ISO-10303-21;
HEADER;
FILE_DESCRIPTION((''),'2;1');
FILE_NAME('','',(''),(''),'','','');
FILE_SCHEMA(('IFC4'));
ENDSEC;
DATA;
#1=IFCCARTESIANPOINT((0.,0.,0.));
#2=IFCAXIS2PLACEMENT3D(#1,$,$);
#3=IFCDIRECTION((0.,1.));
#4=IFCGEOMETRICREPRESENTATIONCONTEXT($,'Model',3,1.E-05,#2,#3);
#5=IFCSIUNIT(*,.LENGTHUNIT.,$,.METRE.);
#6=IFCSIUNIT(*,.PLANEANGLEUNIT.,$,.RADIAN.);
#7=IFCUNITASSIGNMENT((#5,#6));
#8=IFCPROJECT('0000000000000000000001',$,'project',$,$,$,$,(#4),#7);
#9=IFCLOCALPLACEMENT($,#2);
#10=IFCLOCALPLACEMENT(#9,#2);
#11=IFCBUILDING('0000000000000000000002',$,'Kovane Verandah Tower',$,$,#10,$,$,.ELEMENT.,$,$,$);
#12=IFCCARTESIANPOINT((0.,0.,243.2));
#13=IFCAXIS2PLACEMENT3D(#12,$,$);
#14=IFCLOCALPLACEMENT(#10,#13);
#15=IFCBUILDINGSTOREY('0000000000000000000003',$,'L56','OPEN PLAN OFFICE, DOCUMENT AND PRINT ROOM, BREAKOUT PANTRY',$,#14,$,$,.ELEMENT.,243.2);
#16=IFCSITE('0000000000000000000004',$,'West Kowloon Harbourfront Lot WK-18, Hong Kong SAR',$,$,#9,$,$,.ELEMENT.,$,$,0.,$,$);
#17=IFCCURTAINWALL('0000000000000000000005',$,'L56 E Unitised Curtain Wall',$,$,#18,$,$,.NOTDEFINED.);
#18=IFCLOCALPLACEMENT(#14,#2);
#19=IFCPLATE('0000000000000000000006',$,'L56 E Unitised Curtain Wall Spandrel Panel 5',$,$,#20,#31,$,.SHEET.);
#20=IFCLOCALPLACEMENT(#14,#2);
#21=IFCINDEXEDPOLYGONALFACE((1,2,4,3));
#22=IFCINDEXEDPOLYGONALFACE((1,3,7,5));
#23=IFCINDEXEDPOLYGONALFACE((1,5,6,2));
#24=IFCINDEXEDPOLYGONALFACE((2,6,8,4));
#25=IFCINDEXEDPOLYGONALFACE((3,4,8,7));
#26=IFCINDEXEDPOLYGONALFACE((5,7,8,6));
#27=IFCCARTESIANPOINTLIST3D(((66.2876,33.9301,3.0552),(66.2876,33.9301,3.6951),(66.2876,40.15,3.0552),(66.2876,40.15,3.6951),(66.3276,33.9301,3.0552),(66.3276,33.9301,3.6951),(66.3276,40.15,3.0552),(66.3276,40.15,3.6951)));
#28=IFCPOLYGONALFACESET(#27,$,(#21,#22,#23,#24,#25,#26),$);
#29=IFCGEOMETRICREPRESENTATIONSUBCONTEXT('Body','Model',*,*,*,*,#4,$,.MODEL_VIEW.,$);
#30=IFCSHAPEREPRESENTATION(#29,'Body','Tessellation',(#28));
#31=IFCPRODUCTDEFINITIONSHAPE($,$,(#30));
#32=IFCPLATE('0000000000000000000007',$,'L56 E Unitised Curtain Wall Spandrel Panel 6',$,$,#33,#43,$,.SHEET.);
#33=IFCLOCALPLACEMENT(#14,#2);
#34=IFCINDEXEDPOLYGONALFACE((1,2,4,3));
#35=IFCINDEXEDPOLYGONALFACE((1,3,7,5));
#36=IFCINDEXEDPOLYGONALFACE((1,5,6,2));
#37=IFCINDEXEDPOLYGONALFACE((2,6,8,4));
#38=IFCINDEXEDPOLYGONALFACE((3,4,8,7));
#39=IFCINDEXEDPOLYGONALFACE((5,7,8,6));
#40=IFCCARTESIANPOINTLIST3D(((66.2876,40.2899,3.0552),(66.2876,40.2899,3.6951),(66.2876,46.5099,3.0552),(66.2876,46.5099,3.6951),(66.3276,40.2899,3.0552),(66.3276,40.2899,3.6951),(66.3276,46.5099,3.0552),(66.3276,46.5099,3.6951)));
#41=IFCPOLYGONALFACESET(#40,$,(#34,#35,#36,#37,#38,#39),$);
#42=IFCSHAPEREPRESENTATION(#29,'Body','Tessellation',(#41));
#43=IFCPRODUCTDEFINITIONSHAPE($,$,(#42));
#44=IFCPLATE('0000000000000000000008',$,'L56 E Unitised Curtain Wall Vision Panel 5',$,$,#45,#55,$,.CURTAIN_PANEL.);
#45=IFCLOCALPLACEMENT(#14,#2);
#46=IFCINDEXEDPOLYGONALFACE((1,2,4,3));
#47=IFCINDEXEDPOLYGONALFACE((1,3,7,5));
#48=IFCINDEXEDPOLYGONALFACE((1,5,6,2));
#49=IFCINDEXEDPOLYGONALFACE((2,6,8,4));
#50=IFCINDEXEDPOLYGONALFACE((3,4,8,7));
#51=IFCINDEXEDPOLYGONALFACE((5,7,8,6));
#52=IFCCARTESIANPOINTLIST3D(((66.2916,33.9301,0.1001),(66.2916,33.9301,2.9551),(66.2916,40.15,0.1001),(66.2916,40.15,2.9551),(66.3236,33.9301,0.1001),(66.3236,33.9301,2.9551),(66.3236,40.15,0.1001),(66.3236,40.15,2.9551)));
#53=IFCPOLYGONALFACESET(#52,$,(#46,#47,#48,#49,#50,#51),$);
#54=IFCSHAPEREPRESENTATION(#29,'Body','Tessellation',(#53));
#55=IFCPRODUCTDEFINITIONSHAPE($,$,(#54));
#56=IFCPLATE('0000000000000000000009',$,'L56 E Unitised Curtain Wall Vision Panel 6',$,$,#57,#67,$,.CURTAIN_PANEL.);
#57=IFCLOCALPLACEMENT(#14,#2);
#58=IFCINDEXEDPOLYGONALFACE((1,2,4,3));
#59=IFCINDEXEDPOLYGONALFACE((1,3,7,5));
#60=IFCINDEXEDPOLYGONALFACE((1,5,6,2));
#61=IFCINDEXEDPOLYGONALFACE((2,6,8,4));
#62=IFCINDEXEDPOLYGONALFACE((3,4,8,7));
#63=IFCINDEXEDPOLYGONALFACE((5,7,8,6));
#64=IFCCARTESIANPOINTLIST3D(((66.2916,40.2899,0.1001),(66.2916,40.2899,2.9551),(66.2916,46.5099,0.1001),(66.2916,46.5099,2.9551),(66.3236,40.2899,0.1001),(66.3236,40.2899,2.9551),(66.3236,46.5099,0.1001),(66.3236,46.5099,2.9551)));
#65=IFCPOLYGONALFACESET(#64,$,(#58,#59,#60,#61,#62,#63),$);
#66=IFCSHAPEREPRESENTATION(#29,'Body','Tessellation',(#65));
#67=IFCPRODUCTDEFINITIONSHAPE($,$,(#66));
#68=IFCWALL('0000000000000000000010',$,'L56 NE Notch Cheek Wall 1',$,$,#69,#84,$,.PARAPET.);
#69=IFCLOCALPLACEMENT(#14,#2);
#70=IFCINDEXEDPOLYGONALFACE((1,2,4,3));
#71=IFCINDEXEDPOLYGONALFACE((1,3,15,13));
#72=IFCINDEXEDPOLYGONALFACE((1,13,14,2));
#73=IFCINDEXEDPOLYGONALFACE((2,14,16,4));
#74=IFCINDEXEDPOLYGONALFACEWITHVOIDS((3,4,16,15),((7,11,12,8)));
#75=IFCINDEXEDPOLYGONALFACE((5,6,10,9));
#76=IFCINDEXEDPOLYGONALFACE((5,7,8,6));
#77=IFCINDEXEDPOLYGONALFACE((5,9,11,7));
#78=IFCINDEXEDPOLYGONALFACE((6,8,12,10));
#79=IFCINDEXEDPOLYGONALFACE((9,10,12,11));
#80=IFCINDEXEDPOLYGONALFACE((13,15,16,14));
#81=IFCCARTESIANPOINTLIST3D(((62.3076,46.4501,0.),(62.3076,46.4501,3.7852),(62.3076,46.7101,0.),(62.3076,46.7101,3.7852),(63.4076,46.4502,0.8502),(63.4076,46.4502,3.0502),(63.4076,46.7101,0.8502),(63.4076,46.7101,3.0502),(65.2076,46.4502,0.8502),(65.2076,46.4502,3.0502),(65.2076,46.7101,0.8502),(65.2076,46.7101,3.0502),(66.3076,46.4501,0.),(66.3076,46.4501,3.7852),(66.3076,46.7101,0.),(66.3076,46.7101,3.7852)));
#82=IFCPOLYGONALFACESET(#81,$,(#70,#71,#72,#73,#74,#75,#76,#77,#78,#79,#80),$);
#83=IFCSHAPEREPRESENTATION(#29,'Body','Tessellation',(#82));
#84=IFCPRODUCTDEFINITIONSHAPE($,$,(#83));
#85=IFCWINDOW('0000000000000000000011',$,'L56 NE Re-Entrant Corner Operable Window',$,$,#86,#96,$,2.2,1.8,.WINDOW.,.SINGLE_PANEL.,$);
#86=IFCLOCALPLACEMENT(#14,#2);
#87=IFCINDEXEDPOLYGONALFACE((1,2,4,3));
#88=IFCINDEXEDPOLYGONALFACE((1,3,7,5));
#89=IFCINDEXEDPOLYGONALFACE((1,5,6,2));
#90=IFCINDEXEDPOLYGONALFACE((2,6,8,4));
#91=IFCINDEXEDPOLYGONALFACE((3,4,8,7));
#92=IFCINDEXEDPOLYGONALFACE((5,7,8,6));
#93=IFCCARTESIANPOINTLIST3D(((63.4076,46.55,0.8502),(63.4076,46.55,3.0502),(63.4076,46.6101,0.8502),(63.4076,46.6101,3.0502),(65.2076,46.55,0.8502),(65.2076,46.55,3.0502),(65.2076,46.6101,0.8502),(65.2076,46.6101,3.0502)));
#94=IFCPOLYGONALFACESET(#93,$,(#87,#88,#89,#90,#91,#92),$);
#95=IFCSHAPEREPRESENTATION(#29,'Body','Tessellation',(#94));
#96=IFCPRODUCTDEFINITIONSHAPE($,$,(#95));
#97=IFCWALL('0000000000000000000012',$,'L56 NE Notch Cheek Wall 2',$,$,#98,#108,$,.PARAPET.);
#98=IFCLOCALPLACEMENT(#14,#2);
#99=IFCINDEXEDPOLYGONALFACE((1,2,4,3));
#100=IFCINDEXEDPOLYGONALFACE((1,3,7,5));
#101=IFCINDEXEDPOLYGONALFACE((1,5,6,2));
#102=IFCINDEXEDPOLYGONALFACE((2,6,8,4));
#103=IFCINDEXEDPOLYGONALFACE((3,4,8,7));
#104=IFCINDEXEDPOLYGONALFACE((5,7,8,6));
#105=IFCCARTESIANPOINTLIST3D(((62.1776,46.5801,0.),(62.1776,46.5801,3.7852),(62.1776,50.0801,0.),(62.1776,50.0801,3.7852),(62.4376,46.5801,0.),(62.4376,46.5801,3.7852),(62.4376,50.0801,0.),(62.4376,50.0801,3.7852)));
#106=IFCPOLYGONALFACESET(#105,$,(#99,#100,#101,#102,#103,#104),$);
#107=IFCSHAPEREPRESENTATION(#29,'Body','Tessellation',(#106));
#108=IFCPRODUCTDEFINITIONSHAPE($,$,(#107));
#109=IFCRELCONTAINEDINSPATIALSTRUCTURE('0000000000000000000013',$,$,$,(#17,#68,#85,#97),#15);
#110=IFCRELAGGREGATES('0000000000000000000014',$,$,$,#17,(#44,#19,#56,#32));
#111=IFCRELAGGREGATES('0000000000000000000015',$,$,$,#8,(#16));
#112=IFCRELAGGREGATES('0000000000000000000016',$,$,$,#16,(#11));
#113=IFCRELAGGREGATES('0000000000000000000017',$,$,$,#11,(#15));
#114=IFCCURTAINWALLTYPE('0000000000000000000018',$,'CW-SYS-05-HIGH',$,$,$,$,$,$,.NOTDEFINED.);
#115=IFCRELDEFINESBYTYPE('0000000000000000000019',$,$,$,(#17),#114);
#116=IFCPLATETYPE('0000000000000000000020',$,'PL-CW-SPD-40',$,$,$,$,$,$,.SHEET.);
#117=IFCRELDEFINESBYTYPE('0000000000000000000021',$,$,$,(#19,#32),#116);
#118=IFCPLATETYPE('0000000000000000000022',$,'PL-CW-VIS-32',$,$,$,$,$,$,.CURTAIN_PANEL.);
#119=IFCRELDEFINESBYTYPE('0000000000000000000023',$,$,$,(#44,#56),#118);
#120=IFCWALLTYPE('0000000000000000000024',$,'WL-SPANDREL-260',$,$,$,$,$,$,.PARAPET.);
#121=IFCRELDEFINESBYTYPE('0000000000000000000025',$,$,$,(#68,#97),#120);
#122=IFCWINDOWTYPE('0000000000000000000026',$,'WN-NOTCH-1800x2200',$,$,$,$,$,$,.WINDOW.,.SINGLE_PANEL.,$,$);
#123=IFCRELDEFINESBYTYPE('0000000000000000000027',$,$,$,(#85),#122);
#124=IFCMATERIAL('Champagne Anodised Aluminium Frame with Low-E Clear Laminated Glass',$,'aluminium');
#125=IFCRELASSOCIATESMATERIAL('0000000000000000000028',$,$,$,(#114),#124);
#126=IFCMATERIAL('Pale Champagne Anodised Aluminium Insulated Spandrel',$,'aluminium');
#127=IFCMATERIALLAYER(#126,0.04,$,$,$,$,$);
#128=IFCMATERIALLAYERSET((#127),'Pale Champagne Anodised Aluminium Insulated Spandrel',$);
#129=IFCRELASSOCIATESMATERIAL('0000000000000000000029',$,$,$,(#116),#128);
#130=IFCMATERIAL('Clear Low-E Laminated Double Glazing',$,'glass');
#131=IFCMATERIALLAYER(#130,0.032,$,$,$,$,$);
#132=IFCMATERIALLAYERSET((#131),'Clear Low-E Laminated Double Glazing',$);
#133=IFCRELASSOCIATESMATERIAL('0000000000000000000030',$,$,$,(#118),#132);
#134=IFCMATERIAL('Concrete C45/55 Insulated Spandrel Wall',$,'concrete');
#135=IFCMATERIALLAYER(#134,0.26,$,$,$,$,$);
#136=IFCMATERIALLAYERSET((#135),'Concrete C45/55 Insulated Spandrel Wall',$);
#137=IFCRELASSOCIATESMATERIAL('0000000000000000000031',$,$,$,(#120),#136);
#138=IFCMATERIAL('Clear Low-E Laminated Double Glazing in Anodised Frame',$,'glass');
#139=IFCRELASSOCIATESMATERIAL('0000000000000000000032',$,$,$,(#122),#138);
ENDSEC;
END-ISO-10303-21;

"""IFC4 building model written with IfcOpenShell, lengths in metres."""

from ifc_helpers import new_model, si_unit, direction, frame, frame_2d, origin, origin_2d, place, context, subcontext, project, spatial, rectangle, extrude, material, layer, layer_set, type_object, element, fill, aggregate, save


model = new_model("IFC4")

# Units and contexts
model_context = context("Model", 3, precision=1e-05, world=origin(), true_north=direction((0.0, 1.0)))
body_context = subcontext(model_context, "Body", "Model", "MODEL_VIEW")
ifc_project = project(units=[si_unit("LENGTHUNIT", "METRE"), si_unit("PLANEANGLEUNIT", "RADIAN")], contexts=[model_context])

# Site, building, storey
site_placement = place(None, origin())
site = spatial("IfcSite", under=ifc_project, at=site_placement, Name="West Kowloon Harbourfront Lot WK-18, Hong Kong SAR", CompositionType="ELEMENT", RefElevation=0.0)
building_placement = place(site_placement, origin())
building = spatial("IfcBuilding", under=site, at=building_placement, Name="Kovane Verandah Tower", CompositionType="ELEMENT")
storey_placement = place(building_placement, frame((0.0, 0.0, 243.2)))
storey = spatial("IfcBuildingStorey", under=building, at=storey_placement, Name="L56", Description="OPEN PLAN OFFICE, DOCUMENT AND PRINT ROOM, BREAKOUT PANTRY", CompositionType="ELEMENT", Elevation=243.2)

# Curtain wall
ifc_material_1 = material(Name="Champagne Anodised Aluminium Frame with Low-E Clear Laminated Glass", Category="aluminium")
curtain_wall_type = type_object("IfcCurtainWallType", Name="CW-SYS-05-HIGH", PredefinedType="NOTDEFINED", material=ifc_material_1)
curtain_wall_placement = place(storey_placement, origin())
curtain_wall = element("IfcCurtainWall", 1, at=curtain_wall_placement, inside=storey, type_object=curtain_wall_type, Name="L56 E Unitised Curtain Wall", PredefinedType="NOTDEFINED")

# Plates
ifc_material_2 = material(Name="Pale Champagne Anodised Aluminium Insulated Spandrel", Category="aluminium")
ifc_layer_1 = layer(ifc_material_2, 0.04)
ifc_layer_set_1 = layer_set([ifc_layer_1], Name="Pale Champagne Anodised Aluminium Insulated Spandrel")
plate_type_1 = type_object("IfcPlateType", Name="PL-CW-SPD-40", PredefinedType="SHEET", material=ifc_layer_set_1)
plate_1_placement = place(storey_placement, frame((66.3076, 37.04, 3.0552), z_axis=(0.0, 0.0, 1.0), x_axis=(0.0, 1.0, 0.0)))
plate_1 = element("IfcPlate", 2, at=plate_1_placement, type_object=plate_type_1, Name="L56 E Unitised Curtain Wall Spandrel Panel 5", PredefinedType="SHEET", context=body_context, shape_type="SweptSolid", body=[
    extrude(rectangle(XDim=6.22, YDim=0.04, at=origin_2d()), origin(), (0.0, 0.0, 1.0), 0.6399),
])
plate_2_placement = place(storey_placement, frame((66.3076, 43.3999, 3.0552), z_axis=(0.0, 0.0, 1.0), x_axis=(0.0, 1.0, 0.0)))
plate_2 = element("IfcPlate", 3, at=plate_2_placement, type_object=plate_type_1, Name="L56 E Unitised Curtain Wall Spandrel Panel 6", PredefinedType="SHEET", context=body_context, shape_type="SweptSolid", body=[
    extrude(rectangle(XDim=6.22, YDim=0.04, at=origin_2d()), origin(), (0.0, 0.0, 1.0), 0.6399),
])
ifc_material_3 = material(Name="Clear Low-E Laminated Double Glazing", Category="glass")
ifc_layer_2 = layer(ifc_material_3, 0.032)
ifc_layer_set_2 = layer_set([ifc_layer_2], Name="Clear Low-E Laminated Double Glazing")
plate_type_2 = type_object("IfcPlateType", Name="PL-CW-VIS-32", PredefinedType="CURTAIN_PANEL", material=ifc_layer_set_2)
plate_3_placement = place(storey_placement, frame((66.3076, 37.04, 0.1001), z_axis=(0.0, 0.0, 1.0), x_axis=(0.0, 1.0, 0.0)))
plate_3 = element("IfcPlate", 4, at=plate_3_placement, type_object=plate_type_2, Name="L56 E Unitised Curtain Wall Vision Panel 5", PredefinedType="CURTAIN_PANEL", context=body_context, shape_type="SweptSolid", body=[
    extrude(rectangle(XDim=6.22, YDim=0.032, at=origin_2d()), origin(), (0.0, 0.0, 1.0), 2.855),
])
plate_4_placement = place(storey_placement, frame((66.3076, 43.3999, 0.1001), z_axis=(0.0, 0.0, 1.0), x_axis=(0.0, 1.0, 0.0)))
plate_4 = element("IfcPlate", 5, at=plate_4_placement, type_object=plate_type_2, Name="L56 E Unitised Curtain Wall Vision Panel 6", PredefinedType="CURTAIN_PANEL", context=body_context, shape_type="SweptSolid", body=[
    extrude(rectangle(XDim=6.22, YDim=0.032, at=origin_2d()), origin(), (0.0, 0.0, 1.0), 2.855),
])
aggregate(curtain_wall, [plate_3, plate_1, plate_4, plate_2])

# Shared definitions
ifc_material_4 = material(Name="Concrete C45/55 Insulated Spandrel Wall", Category="concrete")
ifc_layer_3 = layer(ifc_material_4, 0.26)
ifc_layer_set_3 = layer_set([ifc_layer_3], Name="Concrete C45/55 Insulated Spandrel Wall")
wall_type = type_object("IfcWallType", Name="WL-SPANDREL-260", PredefinedType="PARAPET", material=ifc_layer_set_3)
ifc_material_5 = material(Name="Clear Low-E Laminated Double Glazing in Anodised Frame", Category="glass")

# Wall, opening, window
wall_1_placement = place(storey_placement, frame((66.3076, 46.5801, 0.0), z_axis=(0.0, 0.0, 1.0), x_axis=(-1.0, 0.0, 0.0)))
wall_1 = element("IfcWall", 6, at=wall_1_placement, inside=storey, type_object=wall_type, Name="L56 NE Notch Cheek Wall 1", PredefinedType="PARAPET", context=body_context, shape_type="SweptSolid", body=[
    extrude(rectangle(XDim=4.0, YDim=0.26, at=frame_2d((2.0, 0.0))), origin(), (0.0, 0.0, 1.0), 3.7852),
])
opening_1_placement = place(wall_1_placement, frame((1.1001, 0.0, 0.8501)))
opening_1 = element("IfcOpeningElement", 7, at=opening_1_placement, cuts=wall_1, PredefinedType="OPENING", context=body_context, shape_type="SweptSolid", body=[
    extrude(rectangle(XDim=1.8, YDim=2.2, at=frame_2d((0.8999, 1.1001))), frame((0.0, 0.1299, 0.0), z_axis=(0.0, -1.0, 0.0), x_axis=(1.0, 0.0, 0.0)), (0.0, 0.0, 1.0), 0.26),
])
window_type_1 = type_object("IfcWindowType", Name="WN-NOTCH-1800x2200", PartitioningType="SINGLE_PANEL", PredefinedType="WINDOW", material=ifc_material_5)
window_1_placement = place(opening_1_placement, origin())
window_1 = element("IfcWindow", 8, at=window_1_placement, inside=storey, type_object=window_type_1, Name="L56 NE Re-Entrant Corner Operable Window", OverallHeight=2.2, OverallWidth=1.8, PartitioningType="SINGLE_PANEL", PredefinedType="WINDOW", context=body_context, shape_type="SweptSolid", body=[
    extrude(rectangle(XDim=1.8, YDim=2.2, at=frame_2d((0.8999, 1.1001))), frame((0.0, 0.03, 0.0), z_axis=(0.0, -1.0, 0.0), x_axis=(1.0, 0.0, 0.0)), (0.0, 0.0, 1.0), 0.0601),
])
fill(opening_1, window_1)

# Wall
wall_2_placement = place(storey_placement, frame((62.3076, 46.5801, 0.0), z_axis=(0.0, 0.0, 1.0), x_axis=(0.0, 1.0, 0.0)))
element("IfcWall", 9, at=wall_2_placement, inside=storey, type_object=wall_type, Name="L56 NE Notch Cheek Wall 2", PredefinedType="PARAPET", context=body_context, shape_type="SweptSolid", body=[
    extrude(rectangle(XDim=3.5, YDim=0.26, at=frame_2d((1.75, 0.0))), origin(), (0.0, 0.0, 1.0), 3.7852),
])

save(model, "model.ifc")
